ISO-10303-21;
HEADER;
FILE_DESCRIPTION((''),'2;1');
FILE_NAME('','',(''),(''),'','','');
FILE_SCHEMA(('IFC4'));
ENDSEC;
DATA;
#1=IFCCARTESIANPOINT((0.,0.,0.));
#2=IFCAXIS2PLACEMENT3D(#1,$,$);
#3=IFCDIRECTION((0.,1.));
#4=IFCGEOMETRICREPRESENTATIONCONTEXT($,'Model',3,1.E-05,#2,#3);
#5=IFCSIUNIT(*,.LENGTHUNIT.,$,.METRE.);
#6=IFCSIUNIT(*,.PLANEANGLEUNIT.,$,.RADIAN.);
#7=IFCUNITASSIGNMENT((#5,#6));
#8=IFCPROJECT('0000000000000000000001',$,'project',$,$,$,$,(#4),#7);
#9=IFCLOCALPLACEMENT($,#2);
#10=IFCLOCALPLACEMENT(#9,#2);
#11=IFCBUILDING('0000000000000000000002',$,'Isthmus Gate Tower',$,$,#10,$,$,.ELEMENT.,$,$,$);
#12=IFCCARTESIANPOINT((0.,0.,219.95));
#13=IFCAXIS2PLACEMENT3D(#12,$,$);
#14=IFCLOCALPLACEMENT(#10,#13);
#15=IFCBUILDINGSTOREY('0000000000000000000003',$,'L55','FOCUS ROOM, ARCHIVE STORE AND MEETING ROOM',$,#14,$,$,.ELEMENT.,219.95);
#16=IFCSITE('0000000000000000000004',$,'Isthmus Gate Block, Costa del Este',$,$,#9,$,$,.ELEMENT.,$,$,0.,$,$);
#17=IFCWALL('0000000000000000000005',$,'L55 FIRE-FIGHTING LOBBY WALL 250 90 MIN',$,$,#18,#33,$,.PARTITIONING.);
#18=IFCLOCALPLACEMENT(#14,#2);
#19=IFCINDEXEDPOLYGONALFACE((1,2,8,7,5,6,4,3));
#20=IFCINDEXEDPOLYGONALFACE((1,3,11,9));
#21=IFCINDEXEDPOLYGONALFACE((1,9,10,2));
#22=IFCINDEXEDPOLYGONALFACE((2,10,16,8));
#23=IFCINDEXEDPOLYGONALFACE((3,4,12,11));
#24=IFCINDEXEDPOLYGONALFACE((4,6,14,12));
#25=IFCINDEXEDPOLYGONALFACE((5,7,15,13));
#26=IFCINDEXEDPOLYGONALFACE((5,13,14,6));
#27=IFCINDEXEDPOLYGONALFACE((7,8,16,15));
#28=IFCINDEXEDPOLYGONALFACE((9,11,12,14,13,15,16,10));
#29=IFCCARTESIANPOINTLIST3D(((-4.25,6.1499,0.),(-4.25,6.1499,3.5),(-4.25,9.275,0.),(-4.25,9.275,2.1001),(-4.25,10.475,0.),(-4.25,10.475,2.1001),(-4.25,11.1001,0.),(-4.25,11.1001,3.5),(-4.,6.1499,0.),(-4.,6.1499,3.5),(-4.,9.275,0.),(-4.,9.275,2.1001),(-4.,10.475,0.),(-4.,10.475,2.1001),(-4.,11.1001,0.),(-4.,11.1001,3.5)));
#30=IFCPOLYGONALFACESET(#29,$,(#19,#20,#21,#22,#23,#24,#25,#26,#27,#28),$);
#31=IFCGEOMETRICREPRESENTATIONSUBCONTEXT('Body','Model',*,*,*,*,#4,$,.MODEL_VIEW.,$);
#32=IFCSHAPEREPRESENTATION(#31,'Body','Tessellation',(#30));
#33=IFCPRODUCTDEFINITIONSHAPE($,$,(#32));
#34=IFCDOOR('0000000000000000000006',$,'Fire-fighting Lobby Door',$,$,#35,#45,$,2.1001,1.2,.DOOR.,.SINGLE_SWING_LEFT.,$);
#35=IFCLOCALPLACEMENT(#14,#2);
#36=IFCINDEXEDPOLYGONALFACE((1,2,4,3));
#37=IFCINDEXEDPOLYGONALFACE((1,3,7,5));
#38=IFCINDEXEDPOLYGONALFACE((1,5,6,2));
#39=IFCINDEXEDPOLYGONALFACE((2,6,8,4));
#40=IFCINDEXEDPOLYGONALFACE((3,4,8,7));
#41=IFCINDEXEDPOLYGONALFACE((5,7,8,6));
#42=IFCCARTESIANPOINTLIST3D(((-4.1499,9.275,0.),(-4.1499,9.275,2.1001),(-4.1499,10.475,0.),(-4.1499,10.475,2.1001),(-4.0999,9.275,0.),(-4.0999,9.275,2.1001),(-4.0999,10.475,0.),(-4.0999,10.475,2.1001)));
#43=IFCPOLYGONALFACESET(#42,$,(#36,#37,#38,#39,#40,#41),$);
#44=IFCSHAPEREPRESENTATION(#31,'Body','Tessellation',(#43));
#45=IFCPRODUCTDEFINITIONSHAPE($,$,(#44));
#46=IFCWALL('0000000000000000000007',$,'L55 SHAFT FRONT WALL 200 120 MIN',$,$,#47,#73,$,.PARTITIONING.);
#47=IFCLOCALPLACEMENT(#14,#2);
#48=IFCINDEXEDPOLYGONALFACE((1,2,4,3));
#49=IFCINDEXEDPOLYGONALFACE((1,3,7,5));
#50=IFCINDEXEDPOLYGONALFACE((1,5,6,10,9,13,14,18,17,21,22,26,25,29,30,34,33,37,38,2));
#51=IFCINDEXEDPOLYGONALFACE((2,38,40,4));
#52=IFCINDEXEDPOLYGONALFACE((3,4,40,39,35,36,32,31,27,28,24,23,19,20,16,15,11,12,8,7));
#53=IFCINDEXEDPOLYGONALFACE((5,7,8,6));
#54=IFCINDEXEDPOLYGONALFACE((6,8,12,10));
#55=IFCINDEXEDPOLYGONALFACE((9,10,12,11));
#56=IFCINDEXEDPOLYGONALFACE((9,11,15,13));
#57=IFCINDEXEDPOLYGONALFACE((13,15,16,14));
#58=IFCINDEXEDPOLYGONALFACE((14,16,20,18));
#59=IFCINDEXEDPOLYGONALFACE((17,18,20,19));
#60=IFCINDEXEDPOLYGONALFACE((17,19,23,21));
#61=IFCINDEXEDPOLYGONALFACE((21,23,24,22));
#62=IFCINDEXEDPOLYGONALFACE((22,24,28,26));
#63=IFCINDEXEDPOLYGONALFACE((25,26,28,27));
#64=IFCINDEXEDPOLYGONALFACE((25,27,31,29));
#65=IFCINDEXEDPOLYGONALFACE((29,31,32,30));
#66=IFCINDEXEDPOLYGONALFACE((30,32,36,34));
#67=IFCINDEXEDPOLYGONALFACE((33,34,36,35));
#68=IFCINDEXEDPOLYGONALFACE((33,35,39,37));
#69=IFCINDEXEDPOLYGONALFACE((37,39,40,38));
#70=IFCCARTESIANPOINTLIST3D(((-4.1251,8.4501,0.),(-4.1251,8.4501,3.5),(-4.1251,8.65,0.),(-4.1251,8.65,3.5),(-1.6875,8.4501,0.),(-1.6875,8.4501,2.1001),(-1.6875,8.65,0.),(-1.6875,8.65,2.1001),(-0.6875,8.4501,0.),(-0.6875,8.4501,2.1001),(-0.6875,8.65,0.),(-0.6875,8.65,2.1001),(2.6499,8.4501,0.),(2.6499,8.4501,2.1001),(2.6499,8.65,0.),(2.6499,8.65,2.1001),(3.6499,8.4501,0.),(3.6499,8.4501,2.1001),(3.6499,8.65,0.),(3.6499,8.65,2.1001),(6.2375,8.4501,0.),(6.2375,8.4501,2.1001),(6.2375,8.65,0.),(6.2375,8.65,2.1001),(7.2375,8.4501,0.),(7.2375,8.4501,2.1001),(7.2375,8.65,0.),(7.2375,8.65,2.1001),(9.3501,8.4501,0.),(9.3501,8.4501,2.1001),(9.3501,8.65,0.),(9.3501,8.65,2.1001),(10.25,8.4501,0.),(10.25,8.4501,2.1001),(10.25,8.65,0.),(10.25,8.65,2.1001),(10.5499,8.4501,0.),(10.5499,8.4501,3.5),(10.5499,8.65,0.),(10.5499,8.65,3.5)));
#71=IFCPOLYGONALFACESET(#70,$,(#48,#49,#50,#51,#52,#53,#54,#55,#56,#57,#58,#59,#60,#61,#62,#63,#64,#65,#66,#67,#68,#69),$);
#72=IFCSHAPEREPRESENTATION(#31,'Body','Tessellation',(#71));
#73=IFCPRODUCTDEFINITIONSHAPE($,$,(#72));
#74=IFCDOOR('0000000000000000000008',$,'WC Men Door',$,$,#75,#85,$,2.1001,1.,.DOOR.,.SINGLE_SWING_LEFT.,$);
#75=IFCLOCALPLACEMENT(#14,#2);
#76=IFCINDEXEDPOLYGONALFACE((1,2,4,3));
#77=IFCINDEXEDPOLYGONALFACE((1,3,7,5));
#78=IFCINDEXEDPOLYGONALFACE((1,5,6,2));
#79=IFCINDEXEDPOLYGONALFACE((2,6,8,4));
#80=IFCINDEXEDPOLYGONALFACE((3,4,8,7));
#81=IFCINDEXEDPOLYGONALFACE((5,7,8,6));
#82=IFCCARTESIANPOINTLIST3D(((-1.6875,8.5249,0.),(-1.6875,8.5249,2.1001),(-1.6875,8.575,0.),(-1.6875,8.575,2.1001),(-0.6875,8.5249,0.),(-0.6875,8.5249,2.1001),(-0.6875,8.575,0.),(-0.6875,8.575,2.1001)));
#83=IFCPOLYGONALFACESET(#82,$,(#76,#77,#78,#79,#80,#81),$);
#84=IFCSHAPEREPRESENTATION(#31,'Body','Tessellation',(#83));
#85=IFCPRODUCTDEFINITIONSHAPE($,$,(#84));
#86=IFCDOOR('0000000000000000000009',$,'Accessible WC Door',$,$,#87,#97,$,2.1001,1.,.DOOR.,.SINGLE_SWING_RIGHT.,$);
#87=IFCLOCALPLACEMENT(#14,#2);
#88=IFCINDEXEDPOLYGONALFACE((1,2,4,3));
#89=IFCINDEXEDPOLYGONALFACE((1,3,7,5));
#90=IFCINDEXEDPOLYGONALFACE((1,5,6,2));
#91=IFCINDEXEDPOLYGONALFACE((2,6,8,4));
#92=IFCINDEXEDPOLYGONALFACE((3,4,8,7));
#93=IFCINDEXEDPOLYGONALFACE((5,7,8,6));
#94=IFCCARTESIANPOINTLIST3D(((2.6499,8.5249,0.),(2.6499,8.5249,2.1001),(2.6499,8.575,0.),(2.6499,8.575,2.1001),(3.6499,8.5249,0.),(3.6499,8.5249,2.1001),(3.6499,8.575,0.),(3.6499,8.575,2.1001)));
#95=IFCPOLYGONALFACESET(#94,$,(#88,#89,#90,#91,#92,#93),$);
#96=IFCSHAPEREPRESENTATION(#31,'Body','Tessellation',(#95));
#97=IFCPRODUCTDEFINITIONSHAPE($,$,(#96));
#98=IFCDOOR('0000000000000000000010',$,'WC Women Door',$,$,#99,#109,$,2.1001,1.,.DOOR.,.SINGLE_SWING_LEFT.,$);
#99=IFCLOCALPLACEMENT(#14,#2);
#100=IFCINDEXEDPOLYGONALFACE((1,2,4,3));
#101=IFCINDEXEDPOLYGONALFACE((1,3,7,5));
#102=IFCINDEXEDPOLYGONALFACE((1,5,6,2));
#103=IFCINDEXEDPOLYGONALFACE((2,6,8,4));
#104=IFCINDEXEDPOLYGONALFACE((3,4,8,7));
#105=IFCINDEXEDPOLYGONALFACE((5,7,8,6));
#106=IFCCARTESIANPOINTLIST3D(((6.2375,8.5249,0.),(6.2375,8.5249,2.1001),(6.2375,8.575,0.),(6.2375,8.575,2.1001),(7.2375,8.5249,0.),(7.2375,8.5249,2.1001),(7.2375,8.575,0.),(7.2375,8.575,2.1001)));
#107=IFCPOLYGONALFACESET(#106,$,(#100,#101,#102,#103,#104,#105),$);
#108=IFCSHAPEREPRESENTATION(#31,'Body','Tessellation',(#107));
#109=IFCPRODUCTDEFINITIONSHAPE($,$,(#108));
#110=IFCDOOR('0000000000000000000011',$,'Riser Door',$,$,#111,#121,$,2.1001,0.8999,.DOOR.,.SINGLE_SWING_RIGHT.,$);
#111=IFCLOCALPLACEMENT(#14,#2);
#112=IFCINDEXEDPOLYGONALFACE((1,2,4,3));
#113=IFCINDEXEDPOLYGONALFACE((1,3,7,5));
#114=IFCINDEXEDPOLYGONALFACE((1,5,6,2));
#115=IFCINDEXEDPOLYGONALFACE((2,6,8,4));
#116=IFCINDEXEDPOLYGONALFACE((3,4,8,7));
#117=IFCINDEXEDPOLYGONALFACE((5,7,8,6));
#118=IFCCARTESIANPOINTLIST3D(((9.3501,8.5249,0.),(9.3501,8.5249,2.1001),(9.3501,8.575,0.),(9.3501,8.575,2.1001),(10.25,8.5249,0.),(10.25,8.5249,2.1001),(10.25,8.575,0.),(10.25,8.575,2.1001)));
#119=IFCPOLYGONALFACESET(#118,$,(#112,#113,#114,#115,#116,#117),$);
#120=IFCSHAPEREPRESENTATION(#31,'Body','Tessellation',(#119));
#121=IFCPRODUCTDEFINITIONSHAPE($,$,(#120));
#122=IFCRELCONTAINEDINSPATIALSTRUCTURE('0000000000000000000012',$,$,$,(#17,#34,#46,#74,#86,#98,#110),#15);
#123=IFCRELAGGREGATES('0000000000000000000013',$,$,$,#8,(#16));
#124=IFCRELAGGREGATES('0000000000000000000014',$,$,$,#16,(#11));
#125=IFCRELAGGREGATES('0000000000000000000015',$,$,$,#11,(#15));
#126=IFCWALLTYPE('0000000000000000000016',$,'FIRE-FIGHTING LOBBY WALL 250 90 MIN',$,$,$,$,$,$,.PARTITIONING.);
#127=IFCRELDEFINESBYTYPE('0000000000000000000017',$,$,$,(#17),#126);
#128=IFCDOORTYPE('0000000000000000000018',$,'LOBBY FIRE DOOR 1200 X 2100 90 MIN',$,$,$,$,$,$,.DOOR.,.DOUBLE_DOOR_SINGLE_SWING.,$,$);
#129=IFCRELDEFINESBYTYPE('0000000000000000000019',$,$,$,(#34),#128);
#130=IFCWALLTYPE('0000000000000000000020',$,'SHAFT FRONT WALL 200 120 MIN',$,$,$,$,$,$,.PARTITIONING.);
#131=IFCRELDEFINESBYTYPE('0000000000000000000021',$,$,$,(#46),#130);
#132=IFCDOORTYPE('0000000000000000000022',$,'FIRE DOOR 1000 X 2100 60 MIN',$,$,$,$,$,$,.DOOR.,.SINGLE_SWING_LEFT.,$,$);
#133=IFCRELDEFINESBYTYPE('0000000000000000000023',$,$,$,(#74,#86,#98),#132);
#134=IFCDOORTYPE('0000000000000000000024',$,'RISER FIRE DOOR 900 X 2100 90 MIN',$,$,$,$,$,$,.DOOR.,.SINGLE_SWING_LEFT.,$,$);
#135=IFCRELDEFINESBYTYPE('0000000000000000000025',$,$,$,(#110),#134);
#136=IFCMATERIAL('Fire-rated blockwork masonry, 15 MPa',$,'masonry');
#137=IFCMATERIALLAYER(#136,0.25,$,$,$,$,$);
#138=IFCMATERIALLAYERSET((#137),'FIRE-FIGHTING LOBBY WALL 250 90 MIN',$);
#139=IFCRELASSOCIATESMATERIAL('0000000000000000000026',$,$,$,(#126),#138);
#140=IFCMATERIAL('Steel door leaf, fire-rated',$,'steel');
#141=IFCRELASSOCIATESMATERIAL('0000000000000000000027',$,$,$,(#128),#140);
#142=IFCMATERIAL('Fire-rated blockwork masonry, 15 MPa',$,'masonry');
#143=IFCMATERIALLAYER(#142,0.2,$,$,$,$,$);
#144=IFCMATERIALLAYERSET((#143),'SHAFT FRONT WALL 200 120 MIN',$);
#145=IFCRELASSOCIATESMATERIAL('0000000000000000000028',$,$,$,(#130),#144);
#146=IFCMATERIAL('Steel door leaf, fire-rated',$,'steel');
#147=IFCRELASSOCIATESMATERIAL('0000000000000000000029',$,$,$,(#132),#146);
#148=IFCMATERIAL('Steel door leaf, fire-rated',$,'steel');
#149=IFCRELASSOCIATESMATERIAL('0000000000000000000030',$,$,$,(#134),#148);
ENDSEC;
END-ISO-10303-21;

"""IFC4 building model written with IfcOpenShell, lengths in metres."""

from ifc_helpers import new_model, si_unit, direction, frame, frame_2d, origin, place, context, subcontext, project, spatial, rectangle, extrude, material, layer, layer_set, type_object, element, fill, save


model = new_model("IFC4")

# Units and contexts
model_context = context("Model", 3, precision=1e-05, world=origin(), true_north=direction((0.0, 1.0)))
body_context = subcontext(model_context, "Body", "Model", "MODEL_VIEW")
ifc_project = project(units=[si_unit("LENGTHUNIT", "METRE"), si_unit("PLANEANGLEUNIT", "RADIAN")], contexts=[model_context])

# Site, building, storey
site_placement = place(None, origin())
site = spatial("IfcSite", under=ifc_project, at=site_placement, Name="Isthmus Gate Block, Costa del Este", CompositionType="ELEMENT", RefElevation=0.0)
building_placement = place(site_placement, origin())
building = spatial("IfcBuilding", under=site, at=building_placement, Name="Isthmus Gate Tower", CompositionType="ELEMENT")
storey_placement = place(building_placement, frame((0.0, 0.0, 219.95)))
storey = spatial("IfcBuildingStorey", under=building, at=storey_placement, Name="L55", Description="FOCUS ROOM, ARCHIVE STORE AND MEETING ROOM", CompositionType="ELEMENT", Elevation=219.95)

# Wall, opening, door
ifc_material_1 = material(Name="Fire-rated blockwork masonry, 15 MPa", Category="masonry")
ifc_layer_1 = layer(ifc_material_1, 0.25)
ifc_layer_set_1 = layer_set([ifc_layer_1], Name="FIRE-FIGHTING LOBBY WALL 250 90 MIN")
wall_type_1 = type_object("IfcWallType", Name="FIRE-FIGHTING LOBBY WALL 250 90 MIN", PredefinedType="PARTITIONING", material=ifc_layer_set_1)
wall_1_placement = place(storey_placement, frame((-4.125, 6.1499, 0.0), z_axis=(0.0, 0.0, 1.0), x_axis=(0.0, 1.0, 0.0)))
wall_1 = element("IfcWall", 1, at=wall_1_placement, inside=storey, type_object=wall_type_1, Name="L55 FIRE-FIGHTING LOBBY WALL 250 90 MIN", PredefinedType="PARTITIONING", context=body_context, shape_type="SweptSolid", body=[
    extrude(rectangle(XDim=4.9502, YDim=0.25, at=frame_2d((2.4751, 0.0))), origin(), (0.0, 0.0, 1.0), 3.5),
])
opening_1_placement = place(wall_1_placement, frame((3.125, 0.0, 0.0)))
opening_1 = element("IfcOpeningElement", 2, at=opening_1_placement, cuts=wall_1, PredefinedType="OPENING", context=body_context, shape_type="SweptSolid", body=[
    extrude(rectangle(XDim=1.2, YDim=2.1001, at=frame_2d((0.6001, 1.05))), frame((0.0, 0.135, 0.0), z_axis=(0.0, -1.0, 0.0), x_axis=(1.0, 0.0, 0.0)), (0.0, 0.0, 1.0), 0.27),
])
ifc_material_2 = material(Name="Steel door leaf, fire-rated", Category="steel")
door_type_1 = type_object("IfcDoorType", Name="LOBBY FIRE DOOR 1200 X 2100 90 MIN", OperationType="DOUBLE_DOOR_SINGLE_SWING", PredefinedType="DOOR", material=ifc_material_2)
door_1_placement = place(opening_1_placement, origin())
door_1 = element("IfcDoor", 3, at=door_1_placement, inside=storey, type_object=door_type_1, Name="Fire-fighting Lobby Door", OperationType="SINGLE_SWING_LEFT", OverallHeight=2.1001, OverallWidth=1.2, PredefinedType="DOOR", context=body_context, shape_type="SweptSolid", body=[
    extrude(rectangle(XDim=1.2, YDim=2.1001, at=frame_2d((0.6001, 1.05))), frame((0.0, 0.0249, 0.0), z_axis=(0.0, -1.0, 0.0), x_axis=(1.0, 0.0, 0.0)), (0.0, 0.0, 1.0), 0.05),
])
fill(opening_1, door_1)

# Wall, openings, doors
ifc_material_3 = material(Name="Fire-rated blockwork masonry, 15 MPa", Category="masonry")
ifc_layer_2 = layer(ifc_material_3, 0.2)
ifc_layer_set_2 = layer_set([ifc_layer_2], Name="SHAFT FRONT WALL 200 120 MIN")
wall_type_2 = type_object("IfcWallType", Name="SHAFT FRONT WALL 200 120 MIN", PredefinedType="PARTITIONING", material=ifc_layer_set_2)
wall_2_placement = place(storey_placement, frame((-4.125, 8.55, 0.0), z_axis=(0.0, 0.0, 1.0), x_axis=(1.0, 0.0, 0.0)))
wall_2 = element("IfcWall", 4, at=wall_2_placement, inside=storey, type_object=wall_type_2, Name="L55 SHAFT FRONT WALL 200 120 MIN", PredefinedType="PARTITIONING", context=body_context, shape_type="SweptSolid", body=[
    extrude(rectangle(XDim=14.675, YDim=0.2, at=frame_2d((7.3374, 0.0))), origin(), (0.0, 0.0, 1.0), 3.5),
])
opening_2_placement = place(wall_2_placement, frame((2.4375, 0.0, 0.0)))
opening_2 = element("IfcOpeningElement", 5, at=opening_2_placement, cuts=wall_2, PredefinedType="OPENING", context=body_context, shape_type="SweptSolid", body=[
    extrude(rectangle(XDim=1.0, YDim=2.1001, at=frame_2d((0.5, 1.05))), frame((0.0, 0.1099, 0.0), z_axis=(0.0, -1.0, 0.0), x_axis=(1.0, 0.0, 0.0)), (0.0, 0.0, 1.0), 0.22),
])
opening_3_placement = place(wall_2_placement, frame((6.7749, 0.0, 0.0)))
opening_3 = element("IfcOpeningElement", 6, at=opening_3_placement, cuts=wall_2, PredefinedType="OPENING", context=body_context, shape_type="SweptSolid", body=[
    extrude(rectangle(XDim=1.0, YDim=2.1001, at=frame_2d((0.5, 1.05))), frame((0.0, 0.1099, 0.0), z_axis=(0.0, -1.0, 0.0), x_axis=(1.0, 0.0, 0.0)), (0.0, 0.0, 1.0), 0.22),
])
opening_4_placement = place(wall_2_placement, frame((10.3625, 0.0, 0.0)))
opening_4 = element("IfcOpeningElement", 7, at=opening_4_placement, cuts=wall_2, PredefinedType="OPENING", context=body_context, shape_type="SweptSolid", body=[
    extrude(rectangle(XDim=1.0, YDim=2.1001, at=frame_2d((0.5, 1.05))), frame((0.0, 0.1099, 0.0), z_axis=(0.0, -1.0, 0.0), x_axis=(1.0, 0.0, 0.0)), (0.0, 0.0, 1.0), 0.22),
])
opening_5_placement = place(wall_2_placement, frame((13.4751, 0.0, 0.0)))
opening_5 = element("IfcOpeningElement", 8, at=opening_5_placement, cuts=wall_2, PredefinedType="OPENING", context=body_context, shape_type="SweptSolid", body=[
    extrude(rectangle(XDim=0.8999, YDim=2.1001, at=frame_2d((0.45, 1.05))), frame((0.0, 0.1099, 0.0), z_axis=(0.0, -1.0, 0.0), x_axis=(1.0, 0.0, 0.0)), (0.0, 0.0, 1.0), 0.22),
])
ifc_material_4 = material(Name="Steel door leaf, fire-rated", Category="steel")
door_type_2 = type_object("IfcDoorType", Name="FIRE DOOR 1000 X 2100 60 MIN", OperationType="SINGLE_SWING_LEFT", PredefinedType="DOOR", material=ifc_material_4)
door_2_placement = place(opening_2_placement, origin())
door_2 = element("IfcDoor", 9, at=door_2_placement, inside=storey, type_object=door_type_2, Name="WC Men Door", OperationType="SINGLE_SWING_LEFT", OverallHeight=2.1001, OverallWidth=1.0, PredefinedType="DOOR", context=body_context, shape_type="SweptSolid", body=[
    extrude(rectangle(XDim=1.0, YDim=2.1001, at=frame_2d((0.5, 1.05))), frame((0.0, 0.0249, 0.0), z_axis=(0.0, -1.0, 0.0), x_axis=(1.0, 0.0, 0.0)), (0.0, 0.0, 1.0), 0.05),
])
fill(opening_2, door_2)
door_3_placement = place(opening_3_placement, origin())
door_3 = element("IfcDoor", 10, at=door_3_placement, inside=storey, type_object=door_type_2, Name="Accessible WC Door", OperationType="SINGLE_SWING_RIGHT", OverallHeight=2.1001, OverallWidth=1.0, PredefinedType="DOOR", context=body_context, shape_type="SweptSolid", body=[
    extrude(rectangle(XDim=1.0, YDim=2.1001, at=frame_2d((0.5, 1.05))), frame((0.0, 0.0249, 0.0), z_axis=(0.0, -1.0, 0.0), x_axis=(1.0, 0.0, 0.0)), (0.0, 0.0, 1.0), 0.05),
])
fill(opening_3, door_3)
door_4_placement = place(opening_4_placement, origin())
door_4 = element("IfcDoor", 11, at=door_4_placement, inside=storey, type_object=door_type_2, Name="WC Women Door", OperationType="SINGLE_SWING_LEFT", OverallHeight=2.1001, OverallWidth=1.0, PredefinedType="DOOR", context=body_context, shape_type="SweptSolid", body=[
    extrude(rectangle(XDim=1.0, YDim=2.1001, at=frame_2d((0.5, 1.05))), frame((0.0, 0.0249, 0.0), z_axis=(0.0, -1.0, 0.0), x_axis=(1.0, 0.0, 0.0)), (0.0, 0.0, 1.0), 0.05),
])
fill(opening_4, door_4)
ifc_material_5 = material(Name="Steel door leaf, fire-rated", Category="steel")
door_type_3 = type_object("IfcDoorType", Name="RISER FIRE DOOR 900 X 2100 90 MIN", OperationType="SINGLE_SWING_LEFT", PredefinedType="DOOR", material=ifc_material_5)
door_5_placement = place(opening_5_placement, origin())
door_5 = element("IfcDoor", 12, at=door_5_placement, inside=storey, type_object=door_type_3, Name="Riser Door", OperationType="SINGLE_SWING_RIGHT", OverallHeight=2.1001, OverallWidth=0.8999, PredefinedType="DOOR", context=body_context, shape_type="SweptSolid", body=[
    extrude(rectangle(XDim=0.8999, YDim=2.1001, at=frame_2d((0.45, 1.05))), frame((0.0, 0.0249, 0.0), z_axis=(0.0, -1.0, 0.0), x_axis=(1.0, 0.0, 0.0)), (0.0, 0.0, 1.0), 0.05),
])
fill(opening_5, door_5)

save(model, "model.ifc")
